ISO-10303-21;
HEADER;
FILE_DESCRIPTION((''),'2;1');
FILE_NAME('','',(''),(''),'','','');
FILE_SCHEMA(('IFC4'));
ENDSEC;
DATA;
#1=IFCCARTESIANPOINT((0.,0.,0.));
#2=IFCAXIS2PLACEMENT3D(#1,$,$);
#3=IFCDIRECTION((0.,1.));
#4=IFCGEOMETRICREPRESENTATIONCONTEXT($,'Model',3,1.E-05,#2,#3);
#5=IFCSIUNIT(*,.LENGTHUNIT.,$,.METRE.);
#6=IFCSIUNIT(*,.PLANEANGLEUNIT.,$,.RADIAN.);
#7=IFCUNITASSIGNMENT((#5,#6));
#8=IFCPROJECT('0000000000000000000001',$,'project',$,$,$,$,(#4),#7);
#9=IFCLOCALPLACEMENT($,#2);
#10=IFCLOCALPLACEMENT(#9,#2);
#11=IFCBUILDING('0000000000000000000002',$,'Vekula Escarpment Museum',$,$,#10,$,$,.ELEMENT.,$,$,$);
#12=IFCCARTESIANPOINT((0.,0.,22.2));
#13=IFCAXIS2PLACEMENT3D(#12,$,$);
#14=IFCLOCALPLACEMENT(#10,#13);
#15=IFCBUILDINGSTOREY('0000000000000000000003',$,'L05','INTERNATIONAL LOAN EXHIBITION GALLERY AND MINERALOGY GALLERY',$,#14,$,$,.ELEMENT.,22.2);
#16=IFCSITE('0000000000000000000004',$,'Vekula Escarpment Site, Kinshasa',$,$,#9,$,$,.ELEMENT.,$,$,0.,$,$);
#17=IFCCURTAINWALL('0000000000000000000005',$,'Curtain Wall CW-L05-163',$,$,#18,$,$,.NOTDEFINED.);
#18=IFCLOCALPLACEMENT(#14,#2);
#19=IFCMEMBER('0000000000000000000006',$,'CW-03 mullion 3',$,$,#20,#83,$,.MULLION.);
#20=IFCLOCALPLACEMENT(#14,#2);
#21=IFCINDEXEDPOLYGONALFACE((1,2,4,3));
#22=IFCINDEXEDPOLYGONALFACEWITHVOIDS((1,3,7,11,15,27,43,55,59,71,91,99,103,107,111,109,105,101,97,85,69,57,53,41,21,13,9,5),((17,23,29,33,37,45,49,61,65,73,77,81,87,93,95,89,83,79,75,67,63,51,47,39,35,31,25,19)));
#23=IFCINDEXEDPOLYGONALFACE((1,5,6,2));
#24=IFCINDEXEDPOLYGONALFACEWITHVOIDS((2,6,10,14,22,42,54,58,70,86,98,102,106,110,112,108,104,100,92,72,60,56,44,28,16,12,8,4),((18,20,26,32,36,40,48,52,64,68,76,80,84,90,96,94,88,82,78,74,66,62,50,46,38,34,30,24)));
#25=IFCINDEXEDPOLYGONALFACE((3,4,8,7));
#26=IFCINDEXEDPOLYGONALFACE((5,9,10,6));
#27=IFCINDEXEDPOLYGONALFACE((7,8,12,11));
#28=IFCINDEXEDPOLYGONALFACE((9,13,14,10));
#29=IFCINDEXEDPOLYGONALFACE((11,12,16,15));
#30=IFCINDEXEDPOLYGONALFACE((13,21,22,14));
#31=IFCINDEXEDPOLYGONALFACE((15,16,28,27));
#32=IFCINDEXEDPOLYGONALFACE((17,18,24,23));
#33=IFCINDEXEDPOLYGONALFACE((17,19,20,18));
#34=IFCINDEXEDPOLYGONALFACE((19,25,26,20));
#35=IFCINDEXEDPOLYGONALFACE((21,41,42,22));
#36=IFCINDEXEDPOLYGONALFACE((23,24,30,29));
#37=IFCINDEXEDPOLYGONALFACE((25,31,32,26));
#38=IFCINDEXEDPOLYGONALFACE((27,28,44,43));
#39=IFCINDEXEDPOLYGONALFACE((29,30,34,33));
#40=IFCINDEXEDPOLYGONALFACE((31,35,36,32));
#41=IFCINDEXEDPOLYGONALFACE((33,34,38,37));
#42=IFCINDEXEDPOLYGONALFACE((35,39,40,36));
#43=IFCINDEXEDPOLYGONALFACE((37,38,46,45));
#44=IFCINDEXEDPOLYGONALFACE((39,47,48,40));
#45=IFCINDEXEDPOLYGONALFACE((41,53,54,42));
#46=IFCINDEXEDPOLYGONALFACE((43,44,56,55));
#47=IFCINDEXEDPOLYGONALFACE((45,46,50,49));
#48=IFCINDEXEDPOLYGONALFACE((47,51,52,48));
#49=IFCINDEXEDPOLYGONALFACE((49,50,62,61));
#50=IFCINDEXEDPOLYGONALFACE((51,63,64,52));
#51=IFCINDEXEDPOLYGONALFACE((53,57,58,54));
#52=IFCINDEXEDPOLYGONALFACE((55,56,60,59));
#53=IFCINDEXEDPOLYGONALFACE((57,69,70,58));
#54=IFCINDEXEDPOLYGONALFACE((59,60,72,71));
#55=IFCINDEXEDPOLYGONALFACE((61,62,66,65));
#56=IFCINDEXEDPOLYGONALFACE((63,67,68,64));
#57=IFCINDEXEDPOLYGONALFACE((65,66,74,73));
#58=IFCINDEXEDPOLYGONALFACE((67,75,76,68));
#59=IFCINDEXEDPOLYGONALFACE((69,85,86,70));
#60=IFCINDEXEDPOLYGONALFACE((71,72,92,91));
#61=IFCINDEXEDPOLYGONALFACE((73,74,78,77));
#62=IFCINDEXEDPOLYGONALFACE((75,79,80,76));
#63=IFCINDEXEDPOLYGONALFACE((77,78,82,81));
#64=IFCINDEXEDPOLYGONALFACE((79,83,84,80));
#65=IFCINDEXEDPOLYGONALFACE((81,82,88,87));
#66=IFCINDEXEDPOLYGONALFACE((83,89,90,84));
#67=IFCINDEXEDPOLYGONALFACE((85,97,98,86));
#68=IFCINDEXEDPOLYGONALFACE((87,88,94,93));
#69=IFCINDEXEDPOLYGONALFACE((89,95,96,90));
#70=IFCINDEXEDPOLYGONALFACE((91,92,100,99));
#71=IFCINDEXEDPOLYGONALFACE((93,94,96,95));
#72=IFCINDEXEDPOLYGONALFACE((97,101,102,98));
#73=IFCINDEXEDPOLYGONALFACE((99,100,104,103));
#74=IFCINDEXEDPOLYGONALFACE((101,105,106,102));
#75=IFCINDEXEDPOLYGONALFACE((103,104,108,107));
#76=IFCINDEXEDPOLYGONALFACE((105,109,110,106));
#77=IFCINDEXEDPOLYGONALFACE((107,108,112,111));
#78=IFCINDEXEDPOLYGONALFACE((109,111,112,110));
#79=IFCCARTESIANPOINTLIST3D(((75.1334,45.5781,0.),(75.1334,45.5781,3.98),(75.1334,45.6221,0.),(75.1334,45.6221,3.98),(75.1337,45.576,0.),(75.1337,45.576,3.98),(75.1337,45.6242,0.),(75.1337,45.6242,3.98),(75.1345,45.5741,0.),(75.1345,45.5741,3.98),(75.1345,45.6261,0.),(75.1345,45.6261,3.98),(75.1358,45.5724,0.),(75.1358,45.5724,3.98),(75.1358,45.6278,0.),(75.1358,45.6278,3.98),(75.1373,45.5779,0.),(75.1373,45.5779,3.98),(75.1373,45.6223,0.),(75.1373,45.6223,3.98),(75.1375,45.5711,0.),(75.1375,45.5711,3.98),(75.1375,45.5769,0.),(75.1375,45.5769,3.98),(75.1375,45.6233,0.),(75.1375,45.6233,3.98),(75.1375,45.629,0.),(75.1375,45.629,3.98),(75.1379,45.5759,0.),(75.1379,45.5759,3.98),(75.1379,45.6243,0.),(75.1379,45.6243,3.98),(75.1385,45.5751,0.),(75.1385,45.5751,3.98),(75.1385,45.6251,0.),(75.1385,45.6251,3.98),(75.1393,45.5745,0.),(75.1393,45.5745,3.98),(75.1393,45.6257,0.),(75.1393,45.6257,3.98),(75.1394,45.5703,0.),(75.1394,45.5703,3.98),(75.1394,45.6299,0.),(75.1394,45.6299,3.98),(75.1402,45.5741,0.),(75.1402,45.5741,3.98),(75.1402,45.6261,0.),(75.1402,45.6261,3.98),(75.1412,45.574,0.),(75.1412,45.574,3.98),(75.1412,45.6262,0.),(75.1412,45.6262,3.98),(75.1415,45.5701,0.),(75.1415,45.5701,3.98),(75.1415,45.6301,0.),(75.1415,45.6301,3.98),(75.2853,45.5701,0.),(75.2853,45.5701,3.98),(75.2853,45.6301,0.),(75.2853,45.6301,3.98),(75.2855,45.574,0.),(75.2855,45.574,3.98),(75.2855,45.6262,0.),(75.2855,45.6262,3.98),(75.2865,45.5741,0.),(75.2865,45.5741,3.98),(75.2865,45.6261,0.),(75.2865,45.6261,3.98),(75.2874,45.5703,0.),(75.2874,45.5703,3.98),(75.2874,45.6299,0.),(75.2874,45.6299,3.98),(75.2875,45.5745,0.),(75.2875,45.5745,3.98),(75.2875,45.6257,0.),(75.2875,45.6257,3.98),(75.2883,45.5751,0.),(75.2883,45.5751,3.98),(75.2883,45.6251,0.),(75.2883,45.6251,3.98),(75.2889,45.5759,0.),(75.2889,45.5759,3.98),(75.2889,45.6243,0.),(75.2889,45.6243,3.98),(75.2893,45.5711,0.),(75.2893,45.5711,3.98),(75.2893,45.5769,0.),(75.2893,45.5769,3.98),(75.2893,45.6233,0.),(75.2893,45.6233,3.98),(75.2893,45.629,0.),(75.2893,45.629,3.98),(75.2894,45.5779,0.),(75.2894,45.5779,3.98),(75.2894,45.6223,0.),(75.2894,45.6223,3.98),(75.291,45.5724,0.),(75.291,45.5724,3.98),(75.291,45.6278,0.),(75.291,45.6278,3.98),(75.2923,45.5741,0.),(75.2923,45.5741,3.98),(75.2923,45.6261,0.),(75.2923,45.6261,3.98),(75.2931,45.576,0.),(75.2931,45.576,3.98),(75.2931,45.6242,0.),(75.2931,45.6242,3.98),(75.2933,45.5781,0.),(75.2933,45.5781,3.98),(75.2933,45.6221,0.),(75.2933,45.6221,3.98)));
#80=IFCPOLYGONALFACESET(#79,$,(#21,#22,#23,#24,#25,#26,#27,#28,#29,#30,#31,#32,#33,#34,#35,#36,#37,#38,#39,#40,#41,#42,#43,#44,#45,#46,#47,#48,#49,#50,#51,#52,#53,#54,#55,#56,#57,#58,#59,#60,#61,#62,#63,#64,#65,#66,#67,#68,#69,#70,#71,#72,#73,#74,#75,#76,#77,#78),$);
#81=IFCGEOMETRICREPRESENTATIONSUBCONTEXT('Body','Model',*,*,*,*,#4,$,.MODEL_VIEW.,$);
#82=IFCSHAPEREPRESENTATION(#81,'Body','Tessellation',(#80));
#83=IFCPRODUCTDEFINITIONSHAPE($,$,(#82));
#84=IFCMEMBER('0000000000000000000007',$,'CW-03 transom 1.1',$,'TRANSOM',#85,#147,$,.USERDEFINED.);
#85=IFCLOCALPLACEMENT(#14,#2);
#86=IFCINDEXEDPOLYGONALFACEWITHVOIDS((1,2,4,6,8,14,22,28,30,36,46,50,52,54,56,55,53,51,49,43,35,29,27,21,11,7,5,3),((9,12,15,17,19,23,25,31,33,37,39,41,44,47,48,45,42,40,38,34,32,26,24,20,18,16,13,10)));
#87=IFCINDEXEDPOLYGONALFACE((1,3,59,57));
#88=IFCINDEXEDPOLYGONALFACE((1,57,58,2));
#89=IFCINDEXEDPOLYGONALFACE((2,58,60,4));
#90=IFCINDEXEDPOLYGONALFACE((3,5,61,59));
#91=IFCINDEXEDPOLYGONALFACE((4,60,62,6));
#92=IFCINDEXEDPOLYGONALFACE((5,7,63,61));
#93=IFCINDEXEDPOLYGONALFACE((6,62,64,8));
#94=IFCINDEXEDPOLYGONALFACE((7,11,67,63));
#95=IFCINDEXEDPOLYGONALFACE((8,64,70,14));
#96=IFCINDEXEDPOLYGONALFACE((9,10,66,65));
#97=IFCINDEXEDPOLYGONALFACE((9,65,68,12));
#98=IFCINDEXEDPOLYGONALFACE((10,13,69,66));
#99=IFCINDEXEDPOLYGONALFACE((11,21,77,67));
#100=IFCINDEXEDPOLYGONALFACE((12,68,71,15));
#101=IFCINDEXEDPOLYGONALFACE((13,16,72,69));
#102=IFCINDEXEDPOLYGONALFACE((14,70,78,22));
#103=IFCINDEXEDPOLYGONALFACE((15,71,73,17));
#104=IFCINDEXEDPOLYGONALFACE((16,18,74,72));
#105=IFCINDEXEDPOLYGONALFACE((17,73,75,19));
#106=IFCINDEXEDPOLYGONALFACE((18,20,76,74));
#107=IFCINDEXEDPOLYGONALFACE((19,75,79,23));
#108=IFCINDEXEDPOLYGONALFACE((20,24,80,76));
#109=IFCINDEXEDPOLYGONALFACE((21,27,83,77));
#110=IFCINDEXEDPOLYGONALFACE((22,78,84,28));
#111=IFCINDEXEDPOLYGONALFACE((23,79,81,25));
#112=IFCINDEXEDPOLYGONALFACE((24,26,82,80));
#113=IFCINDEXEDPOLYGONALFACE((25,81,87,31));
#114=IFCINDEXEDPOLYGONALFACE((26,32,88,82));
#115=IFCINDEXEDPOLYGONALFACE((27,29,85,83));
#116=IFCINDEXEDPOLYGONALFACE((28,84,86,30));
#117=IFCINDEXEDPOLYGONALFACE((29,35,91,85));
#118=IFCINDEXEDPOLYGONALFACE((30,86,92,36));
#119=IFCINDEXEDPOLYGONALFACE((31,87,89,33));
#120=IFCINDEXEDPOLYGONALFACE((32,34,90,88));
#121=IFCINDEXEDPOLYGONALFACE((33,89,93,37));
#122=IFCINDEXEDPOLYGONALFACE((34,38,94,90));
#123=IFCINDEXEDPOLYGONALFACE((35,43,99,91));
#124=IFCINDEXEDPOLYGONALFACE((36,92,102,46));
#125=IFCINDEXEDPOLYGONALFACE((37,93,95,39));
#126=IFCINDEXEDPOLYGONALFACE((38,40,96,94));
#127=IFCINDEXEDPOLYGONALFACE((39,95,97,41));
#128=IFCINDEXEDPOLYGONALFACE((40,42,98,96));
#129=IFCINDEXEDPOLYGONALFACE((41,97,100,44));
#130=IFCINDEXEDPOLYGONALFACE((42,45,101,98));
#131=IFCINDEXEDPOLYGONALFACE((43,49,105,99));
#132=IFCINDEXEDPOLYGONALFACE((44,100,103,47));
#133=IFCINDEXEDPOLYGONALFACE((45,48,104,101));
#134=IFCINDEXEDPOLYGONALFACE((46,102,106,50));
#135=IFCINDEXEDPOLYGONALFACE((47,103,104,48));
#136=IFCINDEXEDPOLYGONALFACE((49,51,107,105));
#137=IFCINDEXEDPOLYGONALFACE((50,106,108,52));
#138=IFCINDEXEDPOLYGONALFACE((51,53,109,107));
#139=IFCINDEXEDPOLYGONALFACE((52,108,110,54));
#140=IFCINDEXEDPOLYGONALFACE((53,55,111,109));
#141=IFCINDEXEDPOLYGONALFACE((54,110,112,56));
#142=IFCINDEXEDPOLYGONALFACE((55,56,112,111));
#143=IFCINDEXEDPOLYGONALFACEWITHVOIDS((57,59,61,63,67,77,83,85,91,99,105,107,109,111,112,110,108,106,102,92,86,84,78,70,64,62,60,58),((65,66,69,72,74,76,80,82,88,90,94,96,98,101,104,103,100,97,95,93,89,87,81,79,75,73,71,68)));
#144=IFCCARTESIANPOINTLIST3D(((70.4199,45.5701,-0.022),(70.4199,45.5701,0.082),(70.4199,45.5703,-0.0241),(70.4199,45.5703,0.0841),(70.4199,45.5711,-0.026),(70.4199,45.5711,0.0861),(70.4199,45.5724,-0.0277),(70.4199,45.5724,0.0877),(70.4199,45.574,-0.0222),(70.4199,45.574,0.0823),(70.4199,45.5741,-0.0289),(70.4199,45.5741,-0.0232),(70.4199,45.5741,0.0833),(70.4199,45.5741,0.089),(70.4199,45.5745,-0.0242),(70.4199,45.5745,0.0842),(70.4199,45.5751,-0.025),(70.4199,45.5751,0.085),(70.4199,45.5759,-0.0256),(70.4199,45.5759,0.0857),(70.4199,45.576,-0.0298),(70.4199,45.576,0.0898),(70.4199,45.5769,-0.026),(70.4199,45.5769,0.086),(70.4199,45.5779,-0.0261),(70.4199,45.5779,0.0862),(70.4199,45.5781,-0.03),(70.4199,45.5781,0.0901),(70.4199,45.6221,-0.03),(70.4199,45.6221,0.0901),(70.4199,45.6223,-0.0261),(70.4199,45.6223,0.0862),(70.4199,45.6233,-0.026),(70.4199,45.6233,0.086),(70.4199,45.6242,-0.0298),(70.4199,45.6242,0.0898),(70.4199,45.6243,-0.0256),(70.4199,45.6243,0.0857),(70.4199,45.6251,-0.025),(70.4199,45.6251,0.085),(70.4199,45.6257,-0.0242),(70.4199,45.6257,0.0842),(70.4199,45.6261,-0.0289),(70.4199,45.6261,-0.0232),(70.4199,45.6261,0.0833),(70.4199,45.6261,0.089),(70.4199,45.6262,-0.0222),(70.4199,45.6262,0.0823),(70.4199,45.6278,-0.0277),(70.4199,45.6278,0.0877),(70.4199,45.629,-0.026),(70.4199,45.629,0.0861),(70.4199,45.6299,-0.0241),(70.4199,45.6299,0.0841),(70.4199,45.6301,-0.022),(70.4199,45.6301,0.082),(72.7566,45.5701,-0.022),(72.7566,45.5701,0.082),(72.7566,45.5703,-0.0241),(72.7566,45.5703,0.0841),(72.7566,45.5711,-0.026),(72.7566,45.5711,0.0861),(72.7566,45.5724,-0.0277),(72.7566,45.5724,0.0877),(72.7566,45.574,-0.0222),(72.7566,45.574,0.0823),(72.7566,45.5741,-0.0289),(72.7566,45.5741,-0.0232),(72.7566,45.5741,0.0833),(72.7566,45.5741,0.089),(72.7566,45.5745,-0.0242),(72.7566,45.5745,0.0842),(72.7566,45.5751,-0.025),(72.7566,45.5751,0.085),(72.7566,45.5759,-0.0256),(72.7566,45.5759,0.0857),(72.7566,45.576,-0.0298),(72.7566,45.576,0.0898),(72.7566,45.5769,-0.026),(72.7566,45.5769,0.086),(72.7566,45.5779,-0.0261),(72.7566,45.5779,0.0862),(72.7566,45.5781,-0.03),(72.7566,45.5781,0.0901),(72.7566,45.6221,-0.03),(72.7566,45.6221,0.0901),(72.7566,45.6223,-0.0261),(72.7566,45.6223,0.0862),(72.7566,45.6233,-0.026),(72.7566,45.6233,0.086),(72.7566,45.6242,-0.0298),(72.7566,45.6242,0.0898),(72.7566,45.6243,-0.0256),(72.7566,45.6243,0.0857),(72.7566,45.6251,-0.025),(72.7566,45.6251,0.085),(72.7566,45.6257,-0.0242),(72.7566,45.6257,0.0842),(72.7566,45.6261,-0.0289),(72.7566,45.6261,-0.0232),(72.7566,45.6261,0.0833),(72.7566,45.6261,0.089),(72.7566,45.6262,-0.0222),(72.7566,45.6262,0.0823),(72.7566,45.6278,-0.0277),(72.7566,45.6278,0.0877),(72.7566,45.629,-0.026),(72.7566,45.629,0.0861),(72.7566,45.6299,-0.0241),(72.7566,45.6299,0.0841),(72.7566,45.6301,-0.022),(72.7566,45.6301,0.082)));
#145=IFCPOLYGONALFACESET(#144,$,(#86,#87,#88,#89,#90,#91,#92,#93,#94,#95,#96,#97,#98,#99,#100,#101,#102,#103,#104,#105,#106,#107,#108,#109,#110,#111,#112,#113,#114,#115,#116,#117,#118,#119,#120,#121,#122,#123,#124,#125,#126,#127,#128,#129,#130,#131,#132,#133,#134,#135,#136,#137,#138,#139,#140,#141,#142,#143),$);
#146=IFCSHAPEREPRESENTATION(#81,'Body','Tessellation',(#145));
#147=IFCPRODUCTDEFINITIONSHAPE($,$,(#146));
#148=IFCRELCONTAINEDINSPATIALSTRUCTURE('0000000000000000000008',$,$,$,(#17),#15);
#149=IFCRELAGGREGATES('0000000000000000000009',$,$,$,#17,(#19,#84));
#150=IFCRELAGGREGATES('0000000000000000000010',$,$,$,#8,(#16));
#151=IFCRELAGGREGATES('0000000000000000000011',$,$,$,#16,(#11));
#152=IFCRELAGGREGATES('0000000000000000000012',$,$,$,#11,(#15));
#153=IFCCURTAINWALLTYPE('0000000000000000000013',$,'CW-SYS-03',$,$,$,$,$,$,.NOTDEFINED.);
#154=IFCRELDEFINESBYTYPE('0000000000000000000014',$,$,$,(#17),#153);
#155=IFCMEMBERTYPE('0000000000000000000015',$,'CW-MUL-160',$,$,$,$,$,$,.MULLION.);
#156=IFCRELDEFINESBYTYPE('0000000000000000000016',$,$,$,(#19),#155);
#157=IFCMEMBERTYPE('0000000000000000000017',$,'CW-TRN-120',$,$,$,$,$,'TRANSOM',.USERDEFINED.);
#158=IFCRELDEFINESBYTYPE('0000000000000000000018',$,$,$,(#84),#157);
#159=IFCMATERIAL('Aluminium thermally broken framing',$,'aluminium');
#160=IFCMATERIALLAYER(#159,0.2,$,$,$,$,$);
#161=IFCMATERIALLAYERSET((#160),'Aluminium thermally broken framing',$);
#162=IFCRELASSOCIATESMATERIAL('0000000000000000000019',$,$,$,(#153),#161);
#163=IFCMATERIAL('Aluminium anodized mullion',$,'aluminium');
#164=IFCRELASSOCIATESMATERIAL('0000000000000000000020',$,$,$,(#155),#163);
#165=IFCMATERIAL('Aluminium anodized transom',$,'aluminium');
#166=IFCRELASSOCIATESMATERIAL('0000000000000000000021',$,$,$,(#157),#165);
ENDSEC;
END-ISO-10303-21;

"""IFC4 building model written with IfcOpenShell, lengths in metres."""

from ifc_helpers import new_model, si_unit, direction, frame, origin, origin_2d, place, context, subcontext, project, spatial, hollow_rectangle, extrude, material, layer, layer_set, material_profile, profile_set, type_object, element, aggregate, save


model = new_model("IFC4")

# Units and contexts
model_context = context("Model", 3, precision=1e-05, world=origin(), true_north=direction((0.0, 1.0)))
body_context = subcontext(model_context, "Body", "Model", "MODEL_VIEW")
ifc_project = project(units=[si_unit("LENGTHUNIT", "METRE"), si_unit("PLANEANGLEUNIT", "RADIAN")], contexts=[model_context])

# Site, building, storey
site_placement = place(None, origin())
site = spatial("IfcSite", under=ifc_project, at=site_placement, Name="Vekula Escarpment Site, Kinshasa", CompositionType="ELEMENT", RefElevation=0.0)
building_placement = place(site_placement, origin())
building = spatial("IfcBuilding", under=site, at=building_placement, Name="Vekula Escarpment Museum", CompositionType="ELEMENT")
storey_placement = place(building_placement, frame((0.0, 0.0, 22.2)))
storey = spatial("IfcBuildingStorey", under=building, at=storey_placement, Name="L05", Description="INTERNATIONAL LOAN EXHIBITION GALLERY AND MINERALOGY GALLERY", CompositionType="ELEMENT", Elevation=22.2)

# Curtain wall, members
ifc_material_1 = material(Name="Aluminium thermally broken framing", Category="aluminium")
ifc_layer_1 = layer(ifc_material_1, 0.2)
ifc_layer_set_1 = layer_set([ifc_layer_1], Name="Aluminium thermally broken framing")
curtain_wall_type = type_object("IfcCurtainWallType", Name="CW-SYS-03", PredefinedType="NOTDEFINED", material=ifc_layer_set_1)
curtain_wall_placement = place(storey_placement, origin())
curtain_wall = element("IfcCurtainWall", 1, at=curtain_wall_placement, inside=storey, type_object=curtain_wall_type, Name="Curtain Wall CW-L05-163", PredefinedType="NOTDEFINED")
ifc_material_2 = material(Name="Aluminium anodized mullion", Category="aluminium")
ifc_material_profile_1 = material_profile(ifc_material_2, hollow_rectangle(XDim=0.0601, YDim=0.1599, WallThickness=0.0039, InnerFilletRadius=0.0039, OuterFilletRadius=0.0081, at=origin_2d()), Name="ALU 160x60x4")
ifc_profile_set_1 = profile_set([ifc_material_profile_1], Name="Aluminium anodized mullion")
member_type_1 = type_object("IfcMemberType", Name="CW-MUL-160", PredefinedType="MULLION", material=ifc_profile_set_1)
member_1_placement = place(storey_placement, frame((75.2134, 45.6001, 0.0), z_axis=(0.0, 0.0, 1.0), x_axis=(0.0, 1.0, 0.0)))
member_1 = element("IfcMember", 2, at=member_1_placement, type_object=member_type_1, Name="CW-03 mullion 3", PredefinedType="MULLION", context=body_context, shape_type="SweptSolid", body=[
    extrude(hollow_rectangle(XDim=0.0601, YDim=0.1599, WallThickness=0.0039, InnerFilletRadius=0.0039, OuterFilletRadius=0.0081, at=origin_2d()), origin(), (0.0, 0.0, 1.0), 3.98),
])
ifc_material_3 = material(Name="Aluminium anodized transom", Category="aluminium")
ifc_material_profile_2 = material_profile(ifc_material_3, hollow_rectangle(XDim=0.0601, YDim=0.1201, WallThickness=0.0039, InnerFilletRadius=0.0039, OuterFilletRadius=0.0081, at=origin_2d()), Name="ALU 120x60x4")
ifc_profile_set_2 = profile_set([ifc_material_profile_2], Name="Aluminium anodized transom")
member_type_2 = type_object("IfcMemberType", Name="CW-TRN-120", ElementType="TRANSOM", PredefinedType="USERDEFINED", material=ifc_profile_set_2)
member_2_placement = place(storey_placement, frame((70.4199, 45.6001, 0.03), z_axis=(1.0, 0.0, 0.0), x_axis=(0.0, 1.0, 0.0)))
member_2 = element("IfcMember", 3, at=member_2_placement, type_object=member_type_2, Name="CW-03 transom 1.1", ObjectType="TRANSOM", PredefinedType="USERDEFINED", context=body_context, shape_type="SweptSolid", body=[
    extrude(hollow_rectangle(XDim=0.0601, YDim=0.1201, WallThickness=0.0039, InnerFilletRadius=0.0039, OuterFilletRadius=0.0081, at=origin_2d()), origin(), (0.0, 0.0, 1.0), 2.3367),
])

aggregate(curtain_wall, [member_1, member_2])

save(model, "model.ifc")
